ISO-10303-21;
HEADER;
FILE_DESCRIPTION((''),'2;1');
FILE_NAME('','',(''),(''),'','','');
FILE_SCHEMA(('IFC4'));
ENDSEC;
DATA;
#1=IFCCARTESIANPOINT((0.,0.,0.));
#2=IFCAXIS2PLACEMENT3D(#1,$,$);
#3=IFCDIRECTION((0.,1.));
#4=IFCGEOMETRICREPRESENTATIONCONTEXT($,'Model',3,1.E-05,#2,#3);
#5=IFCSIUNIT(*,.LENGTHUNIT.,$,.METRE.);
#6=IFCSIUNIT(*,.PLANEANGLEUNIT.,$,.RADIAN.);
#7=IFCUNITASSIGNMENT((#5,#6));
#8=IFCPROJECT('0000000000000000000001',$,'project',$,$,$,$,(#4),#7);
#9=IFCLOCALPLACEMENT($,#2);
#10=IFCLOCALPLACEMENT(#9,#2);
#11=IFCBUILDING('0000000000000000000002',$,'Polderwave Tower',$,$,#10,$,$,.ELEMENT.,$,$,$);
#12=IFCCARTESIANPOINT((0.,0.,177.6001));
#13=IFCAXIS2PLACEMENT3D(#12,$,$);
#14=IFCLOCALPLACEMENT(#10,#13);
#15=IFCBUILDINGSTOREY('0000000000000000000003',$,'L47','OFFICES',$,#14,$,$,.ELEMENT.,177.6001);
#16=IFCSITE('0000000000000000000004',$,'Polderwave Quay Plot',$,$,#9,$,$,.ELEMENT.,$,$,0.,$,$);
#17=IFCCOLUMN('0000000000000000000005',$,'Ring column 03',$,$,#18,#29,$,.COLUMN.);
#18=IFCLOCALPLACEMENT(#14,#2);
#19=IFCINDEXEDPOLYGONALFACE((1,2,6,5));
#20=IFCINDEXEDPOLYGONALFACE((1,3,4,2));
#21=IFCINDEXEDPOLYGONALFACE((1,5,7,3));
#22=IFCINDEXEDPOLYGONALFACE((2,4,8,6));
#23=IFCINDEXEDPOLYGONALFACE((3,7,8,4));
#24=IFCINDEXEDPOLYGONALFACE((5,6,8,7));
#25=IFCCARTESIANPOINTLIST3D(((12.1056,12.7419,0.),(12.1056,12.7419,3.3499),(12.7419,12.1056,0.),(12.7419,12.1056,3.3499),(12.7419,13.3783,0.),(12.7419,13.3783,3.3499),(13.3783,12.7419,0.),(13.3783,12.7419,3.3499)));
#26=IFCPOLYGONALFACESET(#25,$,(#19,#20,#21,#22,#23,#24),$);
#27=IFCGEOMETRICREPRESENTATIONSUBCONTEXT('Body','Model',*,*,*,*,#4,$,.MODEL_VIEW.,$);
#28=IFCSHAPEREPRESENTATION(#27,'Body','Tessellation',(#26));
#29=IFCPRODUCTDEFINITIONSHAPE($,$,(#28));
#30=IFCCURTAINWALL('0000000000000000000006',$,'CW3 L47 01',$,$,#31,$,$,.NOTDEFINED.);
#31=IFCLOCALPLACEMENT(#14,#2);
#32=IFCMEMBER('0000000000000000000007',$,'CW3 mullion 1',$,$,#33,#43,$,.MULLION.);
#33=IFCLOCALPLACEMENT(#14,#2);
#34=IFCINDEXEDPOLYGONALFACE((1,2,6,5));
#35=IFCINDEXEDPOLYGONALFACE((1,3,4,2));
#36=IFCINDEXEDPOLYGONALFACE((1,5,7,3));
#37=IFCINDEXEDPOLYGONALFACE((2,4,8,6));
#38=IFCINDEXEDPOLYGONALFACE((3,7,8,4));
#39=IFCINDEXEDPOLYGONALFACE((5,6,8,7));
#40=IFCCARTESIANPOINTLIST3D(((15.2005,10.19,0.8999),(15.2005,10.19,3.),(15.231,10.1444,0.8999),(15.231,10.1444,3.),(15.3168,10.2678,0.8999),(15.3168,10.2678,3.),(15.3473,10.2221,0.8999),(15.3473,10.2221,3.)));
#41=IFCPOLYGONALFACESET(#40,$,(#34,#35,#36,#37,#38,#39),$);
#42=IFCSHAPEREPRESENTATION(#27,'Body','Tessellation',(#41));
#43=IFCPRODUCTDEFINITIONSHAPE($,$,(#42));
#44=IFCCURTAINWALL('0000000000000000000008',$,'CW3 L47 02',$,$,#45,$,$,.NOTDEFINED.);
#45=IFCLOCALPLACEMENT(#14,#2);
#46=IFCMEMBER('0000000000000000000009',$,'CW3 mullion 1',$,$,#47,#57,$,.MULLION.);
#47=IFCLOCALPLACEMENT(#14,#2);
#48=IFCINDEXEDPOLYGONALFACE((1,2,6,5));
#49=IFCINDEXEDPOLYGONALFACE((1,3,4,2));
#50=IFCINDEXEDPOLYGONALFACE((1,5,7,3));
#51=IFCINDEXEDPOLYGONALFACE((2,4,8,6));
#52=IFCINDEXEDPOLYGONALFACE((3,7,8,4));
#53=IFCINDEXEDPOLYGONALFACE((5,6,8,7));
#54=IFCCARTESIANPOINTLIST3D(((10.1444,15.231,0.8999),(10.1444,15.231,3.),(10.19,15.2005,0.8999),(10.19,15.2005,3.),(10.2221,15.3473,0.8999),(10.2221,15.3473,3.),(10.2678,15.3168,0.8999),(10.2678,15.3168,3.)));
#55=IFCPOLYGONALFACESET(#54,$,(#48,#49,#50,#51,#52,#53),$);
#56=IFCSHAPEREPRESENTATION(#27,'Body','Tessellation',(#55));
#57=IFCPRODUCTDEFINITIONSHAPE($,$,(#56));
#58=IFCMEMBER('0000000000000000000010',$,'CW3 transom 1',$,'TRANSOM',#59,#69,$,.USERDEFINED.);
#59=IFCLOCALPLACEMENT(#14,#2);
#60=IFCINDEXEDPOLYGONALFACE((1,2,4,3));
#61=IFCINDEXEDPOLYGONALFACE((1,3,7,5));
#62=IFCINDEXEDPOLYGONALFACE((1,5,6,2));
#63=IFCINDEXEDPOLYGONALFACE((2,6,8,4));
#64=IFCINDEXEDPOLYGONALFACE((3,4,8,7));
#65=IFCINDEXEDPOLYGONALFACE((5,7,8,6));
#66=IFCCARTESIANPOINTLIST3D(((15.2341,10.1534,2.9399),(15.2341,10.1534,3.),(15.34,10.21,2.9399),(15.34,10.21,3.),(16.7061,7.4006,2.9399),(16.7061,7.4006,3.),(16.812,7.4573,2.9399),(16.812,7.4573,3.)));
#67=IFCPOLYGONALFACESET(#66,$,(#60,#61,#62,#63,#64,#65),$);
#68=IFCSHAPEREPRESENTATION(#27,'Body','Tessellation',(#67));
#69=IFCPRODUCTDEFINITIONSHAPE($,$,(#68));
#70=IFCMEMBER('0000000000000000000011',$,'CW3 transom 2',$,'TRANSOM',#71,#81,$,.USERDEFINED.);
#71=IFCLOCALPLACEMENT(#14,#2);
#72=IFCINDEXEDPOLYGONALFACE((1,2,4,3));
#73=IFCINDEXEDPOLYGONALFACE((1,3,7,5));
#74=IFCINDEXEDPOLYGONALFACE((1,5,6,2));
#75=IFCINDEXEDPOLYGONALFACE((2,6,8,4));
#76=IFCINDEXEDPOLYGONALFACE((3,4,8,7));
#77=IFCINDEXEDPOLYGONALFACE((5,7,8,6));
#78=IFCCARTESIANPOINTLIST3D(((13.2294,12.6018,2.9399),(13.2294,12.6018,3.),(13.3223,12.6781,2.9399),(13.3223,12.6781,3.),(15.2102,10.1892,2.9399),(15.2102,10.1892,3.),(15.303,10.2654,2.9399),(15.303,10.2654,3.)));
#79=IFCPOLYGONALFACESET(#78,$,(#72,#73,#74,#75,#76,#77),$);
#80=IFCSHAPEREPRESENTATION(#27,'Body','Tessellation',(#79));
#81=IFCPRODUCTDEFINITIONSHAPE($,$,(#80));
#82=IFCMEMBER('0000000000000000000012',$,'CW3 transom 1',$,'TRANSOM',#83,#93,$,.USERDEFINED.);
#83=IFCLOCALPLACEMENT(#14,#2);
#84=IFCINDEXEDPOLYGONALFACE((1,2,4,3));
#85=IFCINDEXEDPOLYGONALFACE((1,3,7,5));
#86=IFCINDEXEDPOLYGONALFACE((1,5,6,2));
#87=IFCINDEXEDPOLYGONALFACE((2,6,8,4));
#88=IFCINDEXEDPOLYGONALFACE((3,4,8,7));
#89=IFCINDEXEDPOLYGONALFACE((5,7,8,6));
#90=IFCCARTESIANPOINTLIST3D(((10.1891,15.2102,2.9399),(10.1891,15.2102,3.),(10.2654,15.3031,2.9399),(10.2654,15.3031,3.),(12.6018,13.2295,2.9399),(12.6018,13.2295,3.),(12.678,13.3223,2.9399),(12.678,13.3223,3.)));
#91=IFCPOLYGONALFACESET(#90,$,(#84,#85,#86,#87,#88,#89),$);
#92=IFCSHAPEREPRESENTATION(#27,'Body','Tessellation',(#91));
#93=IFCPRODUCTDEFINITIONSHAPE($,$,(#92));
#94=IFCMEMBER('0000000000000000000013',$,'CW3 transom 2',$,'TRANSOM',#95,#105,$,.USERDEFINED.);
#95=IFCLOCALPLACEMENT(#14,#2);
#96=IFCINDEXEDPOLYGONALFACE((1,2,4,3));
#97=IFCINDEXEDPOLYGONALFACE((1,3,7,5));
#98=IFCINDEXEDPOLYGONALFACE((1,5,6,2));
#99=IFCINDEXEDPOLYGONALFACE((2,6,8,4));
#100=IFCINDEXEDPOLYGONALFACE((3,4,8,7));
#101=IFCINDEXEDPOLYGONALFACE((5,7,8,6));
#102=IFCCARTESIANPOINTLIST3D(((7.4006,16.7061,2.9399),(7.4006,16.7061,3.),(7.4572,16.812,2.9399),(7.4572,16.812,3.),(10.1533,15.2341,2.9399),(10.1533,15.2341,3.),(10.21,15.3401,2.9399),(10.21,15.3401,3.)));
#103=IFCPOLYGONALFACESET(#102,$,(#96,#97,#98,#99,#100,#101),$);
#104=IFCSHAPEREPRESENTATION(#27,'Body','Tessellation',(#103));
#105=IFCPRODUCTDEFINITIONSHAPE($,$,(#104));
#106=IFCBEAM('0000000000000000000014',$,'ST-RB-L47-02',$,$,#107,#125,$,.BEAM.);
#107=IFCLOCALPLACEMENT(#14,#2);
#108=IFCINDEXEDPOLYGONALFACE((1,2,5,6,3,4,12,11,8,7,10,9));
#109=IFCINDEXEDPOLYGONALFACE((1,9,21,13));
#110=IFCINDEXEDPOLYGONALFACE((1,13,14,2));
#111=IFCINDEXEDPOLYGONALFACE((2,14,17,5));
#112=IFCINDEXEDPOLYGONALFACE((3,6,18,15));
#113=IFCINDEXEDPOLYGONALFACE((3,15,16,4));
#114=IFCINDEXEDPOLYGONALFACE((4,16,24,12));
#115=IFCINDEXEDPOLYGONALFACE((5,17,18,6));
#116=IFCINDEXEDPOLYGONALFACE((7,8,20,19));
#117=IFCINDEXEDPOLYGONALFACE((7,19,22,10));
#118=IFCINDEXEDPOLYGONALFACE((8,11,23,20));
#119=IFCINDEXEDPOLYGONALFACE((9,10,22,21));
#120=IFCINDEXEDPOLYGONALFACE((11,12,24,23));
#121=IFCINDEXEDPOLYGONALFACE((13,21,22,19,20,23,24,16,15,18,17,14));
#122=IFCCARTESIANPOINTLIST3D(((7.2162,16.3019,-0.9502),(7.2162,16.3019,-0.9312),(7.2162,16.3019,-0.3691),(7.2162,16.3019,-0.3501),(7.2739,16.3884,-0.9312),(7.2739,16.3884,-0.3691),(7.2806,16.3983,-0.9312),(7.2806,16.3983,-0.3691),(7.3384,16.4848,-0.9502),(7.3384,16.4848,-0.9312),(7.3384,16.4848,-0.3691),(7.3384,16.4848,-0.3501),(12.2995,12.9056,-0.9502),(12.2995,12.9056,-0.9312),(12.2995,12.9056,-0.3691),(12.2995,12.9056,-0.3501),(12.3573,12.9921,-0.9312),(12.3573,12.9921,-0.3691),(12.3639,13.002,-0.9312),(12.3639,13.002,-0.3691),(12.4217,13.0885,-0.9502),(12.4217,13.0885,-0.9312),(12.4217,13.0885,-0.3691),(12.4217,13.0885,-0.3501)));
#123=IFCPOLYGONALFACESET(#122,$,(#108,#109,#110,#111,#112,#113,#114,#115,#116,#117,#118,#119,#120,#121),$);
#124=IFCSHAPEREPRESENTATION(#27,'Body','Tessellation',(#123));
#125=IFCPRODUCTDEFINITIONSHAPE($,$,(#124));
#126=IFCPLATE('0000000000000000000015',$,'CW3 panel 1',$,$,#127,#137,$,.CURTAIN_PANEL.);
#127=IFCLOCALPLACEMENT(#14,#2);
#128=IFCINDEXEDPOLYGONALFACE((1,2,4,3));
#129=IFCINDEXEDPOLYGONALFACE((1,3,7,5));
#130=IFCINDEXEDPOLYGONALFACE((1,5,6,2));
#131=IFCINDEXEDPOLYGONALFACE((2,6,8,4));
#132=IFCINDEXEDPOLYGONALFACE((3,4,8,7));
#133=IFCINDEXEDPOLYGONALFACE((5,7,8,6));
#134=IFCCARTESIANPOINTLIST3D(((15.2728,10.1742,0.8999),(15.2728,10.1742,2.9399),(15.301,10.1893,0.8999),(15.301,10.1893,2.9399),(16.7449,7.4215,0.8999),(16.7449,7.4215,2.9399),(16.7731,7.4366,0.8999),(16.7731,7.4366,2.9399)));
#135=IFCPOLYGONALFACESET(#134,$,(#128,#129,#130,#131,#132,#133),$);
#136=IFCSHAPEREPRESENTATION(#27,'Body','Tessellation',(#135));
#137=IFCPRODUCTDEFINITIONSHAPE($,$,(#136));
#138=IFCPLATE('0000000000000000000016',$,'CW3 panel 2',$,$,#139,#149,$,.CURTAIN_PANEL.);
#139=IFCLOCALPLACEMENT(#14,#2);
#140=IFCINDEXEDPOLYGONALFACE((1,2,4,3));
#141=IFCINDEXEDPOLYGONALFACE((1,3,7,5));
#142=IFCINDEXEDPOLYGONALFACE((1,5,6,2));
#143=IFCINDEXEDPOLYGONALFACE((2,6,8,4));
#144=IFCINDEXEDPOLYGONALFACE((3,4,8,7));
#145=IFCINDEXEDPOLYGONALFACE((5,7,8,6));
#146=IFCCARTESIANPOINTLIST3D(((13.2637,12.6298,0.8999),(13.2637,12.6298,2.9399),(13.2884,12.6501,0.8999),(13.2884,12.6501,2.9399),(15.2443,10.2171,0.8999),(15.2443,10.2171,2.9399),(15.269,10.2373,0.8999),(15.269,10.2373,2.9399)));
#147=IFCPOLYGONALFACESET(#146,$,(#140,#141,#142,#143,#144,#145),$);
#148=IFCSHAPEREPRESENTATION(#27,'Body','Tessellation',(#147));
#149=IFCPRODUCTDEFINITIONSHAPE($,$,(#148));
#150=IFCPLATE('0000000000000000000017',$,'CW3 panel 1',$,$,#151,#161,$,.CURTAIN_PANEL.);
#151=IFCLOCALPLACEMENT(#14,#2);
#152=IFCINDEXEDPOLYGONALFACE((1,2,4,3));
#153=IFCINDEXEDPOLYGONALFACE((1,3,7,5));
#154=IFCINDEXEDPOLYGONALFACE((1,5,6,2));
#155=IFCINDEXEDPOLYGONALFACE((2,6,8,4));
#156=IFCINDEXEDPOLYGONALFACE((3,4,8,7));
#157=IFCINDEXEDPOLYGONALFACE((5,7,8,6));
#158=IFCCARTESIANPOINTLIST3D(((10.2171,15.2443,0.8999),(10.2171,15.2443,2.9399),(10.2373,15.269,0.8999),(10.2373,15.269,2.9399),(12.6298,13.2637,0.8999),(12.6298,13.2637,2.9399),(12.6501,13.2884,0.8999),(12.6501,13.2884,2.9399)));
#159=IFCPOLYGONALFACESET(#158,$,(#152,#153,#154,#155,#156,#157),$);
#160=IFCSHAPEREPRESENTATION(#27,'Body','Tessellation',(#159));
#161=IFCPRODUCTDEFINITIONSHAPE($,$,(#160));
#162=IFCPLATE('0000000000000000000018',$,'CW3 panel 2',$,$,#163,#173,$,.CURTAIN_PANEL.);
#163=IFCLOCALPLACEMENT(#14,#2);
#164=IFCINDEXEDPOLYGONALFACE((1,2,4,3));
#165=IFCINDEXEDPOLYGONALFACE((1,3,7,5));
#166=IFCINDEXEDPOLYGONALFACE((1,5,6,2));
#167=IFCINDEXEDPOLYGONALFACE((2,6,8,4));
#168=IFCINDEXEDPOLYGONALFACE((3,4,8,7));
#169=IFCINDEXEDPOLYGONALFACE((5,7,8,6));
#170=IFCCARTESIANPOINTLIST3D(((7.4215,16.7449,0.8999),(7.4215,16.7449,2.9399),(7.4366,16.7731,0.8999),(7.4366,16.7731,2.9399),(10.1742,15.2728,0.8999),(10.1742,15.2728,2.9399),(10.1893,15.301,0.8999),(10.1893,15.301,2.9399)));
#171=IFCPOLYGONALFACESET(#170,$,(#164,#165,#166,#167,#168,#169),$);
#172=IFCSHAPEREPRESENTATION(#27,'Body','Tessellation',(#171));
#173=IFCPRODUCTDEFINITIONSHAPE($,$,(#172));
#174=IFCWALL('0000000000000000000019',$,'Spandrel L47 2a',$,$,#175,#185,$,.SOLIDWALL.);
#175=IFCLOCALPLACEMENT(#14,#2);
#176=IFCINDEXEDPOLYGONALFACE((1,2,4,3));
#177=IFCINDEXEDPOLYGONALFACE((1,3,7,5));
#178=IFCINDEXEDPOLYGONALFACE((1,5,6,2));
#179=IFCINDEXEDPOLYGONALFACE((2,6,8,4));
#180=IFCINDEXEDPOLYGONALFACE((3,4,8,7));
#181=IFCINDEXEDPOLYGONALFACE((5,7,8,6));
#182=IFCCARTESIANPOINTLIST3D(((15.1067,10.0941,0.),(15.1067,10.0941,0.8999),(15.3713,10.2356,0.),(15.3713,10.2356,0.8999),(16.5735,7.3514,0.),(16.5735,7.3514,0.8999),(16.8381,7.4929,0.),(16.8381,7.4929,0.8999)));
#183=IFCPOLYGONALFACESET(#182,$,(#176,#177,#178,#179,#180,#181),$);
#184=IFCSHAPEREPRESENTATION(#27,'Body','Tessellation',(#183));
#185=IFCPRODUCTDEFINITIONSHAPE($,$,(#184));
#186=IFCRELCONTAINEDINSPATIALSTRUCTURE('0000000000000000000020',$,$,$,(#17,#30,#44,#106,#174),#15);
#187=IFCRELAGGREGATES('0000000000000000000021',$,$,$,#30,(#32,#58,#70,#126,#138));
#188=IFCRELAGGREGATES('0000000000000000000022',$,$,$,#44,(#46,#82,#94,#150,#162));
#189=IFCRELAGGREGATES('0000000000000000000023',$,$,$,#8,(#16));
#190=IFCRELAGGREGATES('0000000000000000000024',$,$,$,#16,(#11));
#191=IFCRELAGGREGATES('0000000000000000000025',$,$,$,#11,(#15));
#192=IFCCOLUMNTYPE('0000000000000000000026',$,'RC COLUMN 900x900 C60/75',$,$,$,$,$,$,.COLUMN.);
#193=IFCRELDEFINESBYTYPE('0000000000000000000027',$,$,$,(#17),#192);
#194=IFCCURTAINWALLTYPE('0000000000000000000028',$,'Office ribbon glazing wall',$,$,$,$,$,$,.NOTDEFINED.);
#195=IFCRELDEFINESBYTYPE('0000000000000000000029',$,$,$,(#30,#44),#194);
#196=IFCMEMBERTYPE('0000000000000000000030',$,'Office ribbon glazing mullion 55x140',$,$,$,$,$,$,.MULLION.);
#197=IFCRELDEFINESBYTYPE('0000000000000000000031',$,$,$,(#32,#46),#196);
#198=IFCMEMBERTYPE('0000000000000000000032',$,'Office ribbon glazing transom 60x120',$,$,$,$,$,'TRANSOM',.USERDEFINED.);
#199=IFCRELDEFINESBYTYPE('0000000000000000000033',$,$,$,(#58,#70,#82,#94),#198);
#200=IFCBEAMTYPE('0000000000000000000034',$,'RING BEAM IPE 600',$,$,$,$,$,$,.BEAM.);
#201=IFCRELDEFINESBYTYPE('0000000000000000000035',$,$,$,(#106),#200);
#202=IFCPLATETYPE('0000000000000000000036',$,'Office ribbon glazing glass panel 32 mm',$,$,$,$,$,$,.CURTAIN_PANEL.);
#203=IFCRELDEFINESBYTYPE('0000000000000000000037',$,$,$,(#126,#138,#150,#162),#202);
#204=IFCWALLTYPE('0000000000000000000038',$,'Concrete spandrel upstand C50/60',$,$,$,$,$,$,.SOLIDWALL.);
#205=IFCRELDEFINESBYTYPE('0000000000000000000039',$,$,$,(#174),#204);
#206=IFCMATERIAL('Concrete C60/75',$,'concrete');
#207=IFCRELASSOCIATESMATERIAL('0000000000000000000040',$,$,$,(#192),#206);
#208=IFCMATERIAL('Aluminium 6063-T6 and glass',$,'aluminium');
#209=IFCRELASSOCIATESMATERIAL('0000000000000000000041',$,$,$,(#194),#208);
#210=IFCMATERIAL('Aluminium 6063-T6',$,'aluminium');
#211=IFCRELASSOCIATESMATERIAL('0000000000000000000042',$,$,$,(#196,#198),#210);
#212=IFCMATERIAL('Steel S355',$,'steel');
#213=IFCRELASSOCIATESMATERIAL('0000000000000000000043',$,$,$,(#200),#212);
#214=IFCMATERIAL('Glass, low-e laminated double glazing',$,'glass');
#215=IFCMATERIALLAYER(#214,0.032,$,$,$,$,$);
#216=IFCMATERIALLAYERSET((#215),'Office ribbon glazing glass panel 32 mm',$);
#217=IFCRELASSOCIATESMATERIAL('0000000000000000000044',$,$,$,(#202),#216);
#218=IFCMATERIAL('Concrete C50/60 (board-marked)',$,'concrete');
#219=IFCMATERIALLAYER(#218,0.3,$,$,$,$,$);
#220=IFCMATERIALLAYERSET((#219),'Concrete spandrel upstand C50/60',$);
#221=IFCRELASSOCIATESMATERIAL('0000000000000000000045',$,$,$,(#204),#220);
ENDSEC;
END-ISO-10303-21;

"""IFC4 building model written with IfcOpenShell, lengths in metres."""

from ifc_helpers import new_model, si_unit, direction, frame, frame_2d, origin, origin_2d, place, context, subcontext, project, spatial, rectangle, i_section, extrude, material, layer, layer_set, material_profile, profile_set, type_object, element, aggregate, save


model = new_model("IFC4")

# Units and contexts
model_context = context("Model", 3, precision=1e-05, world=origin(), true_north=direction((0.0, 1.0)))
body_context = subcontext(model_context, "Body", "Model", "MODEL_VIEW")
ifc_project = project(units=[si_unit("LENGTHUNIT", "METRE"), si_unit("PLANEANGLEUNIT", "RADIAN")], contexts=[model_context])

# Site, building, storey
site_placement = place(None, origin())
site = spatial("IfcSite", under=ifc_project, at=site_placement, Name="Polderwave Quay Plot", CompositionType="ELEMENT", RefElevation=0.0)
building_placement = place(site_placement, origin())
building = spatial("IfcBuilding", under=site, at=building_placement, Name="Polderwave Tower", CompositionType="ELEMENT")
storey_placement = place(building_placement, frame((0.0, 0.0, 177.6001)))
storey = spatial("IfcBuildingStorey", under=building, at=storey_placement, Name="L47", Description="OFFICES", CompositionType="ELEMENT", Elevation=177.6001)

# Column
ifc_material_1 = material(Name="Concrete C60/75", Category="concrete")
ifc_material_profile_1 = material_profile(ifc_material_1, rectangle(XDim=0.8999, YDim=0.8999, at=origin_2d()), Name="RC 900x900")
ifc_profile_set_1 = profile_set([ifc_material_profile_1], Name="Concrete C60/75")
column_type = type_object("IfcColumnType", Name="RC COLUMN 900x900 C60/75", PredefinedType="COLUMN", material=ifc_profile_set_1)
column_placement = place(storey_placement, frame((12.7419, 12.7419, 0.0), z_axis=(0.0, 0.0, 1.0), x_axis=(0.707107, 0.707107, 0.0)))
element("IfcColumn", 1, at=column_placement, inside=storey, type_object=column_type, Name="Ring column 03", PredefinedType="COLUMN", context=body_context, shape_type="SweptSolid", body=[
    extrude(rectangle(XDim=0.8999, YDim=0.8999, at=origin_2d()), origin(), (0.0, 0.0, 1.0), 3.3499),
])

# Curtain walls, members
ifc_material_2 = material(Name="Aluminium 6063-T6 and glass", Category="aluminium")
curtain_wall_type = type_object("IfcCurtainWallType", Name="Office ribbon glazing wall", PredefinedType="NOTDEFINED", material=ifc_material_2)
curtain_wall_1_placement = place(storey_placement, origin())
curtain_wall_1 = element("IfcCurtainWall", 2, at=curtain_wall_1_placement, inside=storey, type_object=curtain_wall_type, Name="CW3 L47 01", PredefinedType="NOTDEFINED")
ifc_material_3 = material(Name="Aluminium 6063-T6", Category="aluminium")
ifc_material_profile_2 = material_profile(ifc_material_3, rectangle(XDim=0.1399, YDim=0.0549, at=origin_2d()), Name="AL 55x140")
ifc_profile_set_2 = profile_set([ifc_material_profile_2], Name="Aluminium 6063-T6")
member_type_1 = type_object("IfcMemberType", Name="Office ribbon glazing mullion 55x140", PredefinedType="MULLION", material=ifc_profile_set_2)
member_1_placement = place(storey_placement, frame((15.2739, 10.2061, 0.8999), z_axis=(0.0, 0.0, 1.0), x_axis=(-0.831386, -0.555695, 0.0)))
member_1 = element("IfcMember", 3, at=member_1_placement, type_object=member_type_1, Name="CW3 mullion 1", PredefinedType="MULLION", context=body_context, shape_type="SweptSolid", body=[
    extrude(rectangle(XDim=0.1399, YDim=0.0549, at=origin_2d()), origin(), (0.0, 0.0, 1.0), 2.1001),
])
curtain_wall_2_placement = place(storey_placement, origin())
curtain_wall_2 = element("IfcCurtainWall", 4, at=curtain_wall_2_placement, inside=storey, type_object=curtain_wall_type, Name="CW3 L47 02", PredefinedType="NOTDEFINED")
member_2_placement = place(storey_placement, frame((10.2061, 15.2739, 0.8999), z_axis=(0.0, 0.0, 1.0), x_axis=(-0.555695, -0.831386, 0.0)))
member_2 = element("IfcMember", 5, at=member_2_placement, type_object=member_type_1, Name="CW3 mullion 1", PredefinedType="MULLION", context=body_context, shape_type="SweptSolid", body=[
    extrude(rectangle(XDim=0.1399, YDim=0.0549, at=origin_2d()), origin(), (0.0, 0.0, 1.0), 2.1001),
])

# Members
ifc_material_profile_3 = material_profile(ifc_material_3, rectangle(XDim=0.1201, YDim=0.0601, at=origin_2d()), Name="AL 60x120")
ifc_profile_set_3 = profile_set([ifc_material_profile_3], Name="Aluminium 6063-T6")
member_type_2 = type_object("IfcMemberType", Name="Office ribbon glazing transom 60x120", ElementType="TRANSOM", PredefinedType="USERDEFINED", material=ifc_profile_set_3)
member_3_placement = place(storey_placement, frame((16.759, 7.429, 2.97), z_axis=(-0.471542, 0.881844, 0.0), x_axis=(-0.881844, -0.471542, 0.0)))
member_3 = element("IfcMember", 6, at=member_3_placement, type_object=member_type_2, Name="CW3 transom 1", ObjectType="TRANSOM", PredefinedType="USERDEFINED", context=body_context, shape_type="SweptSolid", body=[
    extrude(rectangle(XDim=0.1201, YDim=0.0601, at=origin_2d()), origin(), (0.0, 0.0, 1.0), 3.1216),
])
member_4_placement = place(storey_placement, frame((15.2566, 10.2273, 2.97), z_axis=(-0.634536, 0.772893, 0.0), x_axis=(-0.772893, -0.634536, 0.0)))
member_4 = element("IfcMember", 7, at=member_4_placement, type_object=member_type_2, Name="CW3 transom 2", ObjectType="TRANSOM", PredefinedType="USERDEFINED", context=body_context, shape_type="SweptSolid", body=[
    extrude(rectangle(XDim=0.1201, YDim=0.0601, at=origin_2d()), origin(), (0.0, 0.0, 1.0), 3.1216),
])
member_5_placement = place(storey_placement, frame((12.6399, 13.2759, 2.97), z_axis=(-0.772893, 0.634536, 0.0), x_axis=(-0.634536, -0.772893, 0.0)))
member_5 = element("IfcMember", 8, at=member_5_placement, type_object=member_type_2, Name="CW3 transom 1", ObjectType="TRANSOM", PredefinedType="USERDEFINED", context=body_context, shape_type="SweptSolid", body=[
    extrude(rectangle(XDim=0.1201, YDim=0.0601, at=origin_2d()), origin(), (0.0, 0.0, 1.0), 3.1216),
])
member_6_placement = place(storey_placement, frame((10.1816, 15.2871, 2.97), z_axis=(-0.881844, 0.471542, 0.0), x_axis=(-0.471542, -0.881844, 0.0)))
member_6 = element("IfcMember", 9, at=member_6_placement, type_object=member_type_2, Name="CW3 transom 2", ObjectType="TRANSOM", PredefinedType="USERDEFINED", context=body_context, shape_type="SweptSolid", body=[
    extrude(rectangle(XDim=0.1201, YDim=0.0601, at=origin_2d()), origin(), (0.0, 0.0, 1.0), 3.1216),
])

# Beam
ifc_material_4 = material(Name="Steel S355", Category="steel")
ifc_material_profile_4 = material_profile(ifc_material_4, i_section(OverallWidth=0.22, OverallDepth=0.6001, WebThickness=0.012, FlangeThickness=0.019, at=origin_2d()), Name="IPE 600")
ifc_profile_set_4 = profile_set([ifc_material_profile_4], Name="Steel S355")
beam_type = type_object("IfcBeamType", Name="RING BEAM IPE 600", PredefinedType="BEAM", material=ifc_profile_set_4)
beam_placement = place(storey_placement, frame((12.3606, 12.9971, -0.6501), z_axis=(-0.831491, 0.555539, 0.0), x_axis=(-0.555539, -0.831491, 0.0)))
element("IfcBeam", 10, at=beam_placement, inside=storey, type_object=beam_type, Name="ST-RB-L47-02", PredefinedType="BEAM", context=body_context, shape_type="SweptSolid", body=[
    extrude(i_section(OverallWidth=0.22, OverallDepth=0.6001, WebThickness=0.012, FlangeThickness=0.019, at=origin_2d()), origin(), (0.0, 0.0, 1.0), 6.1135),
])

# Plates
ifc_material_5 = material(Name="Glass, low-e laminated double glazing", Category="glass")
ifc_layer_1 = layer(ifc_material_5, 0.032)
ifc_layer_set_1 = layer_set([ifc_layer_1], Name="Office ribbon glazing glass panel 32 mm")
plate_type = type_object("IfcPlateType", Name="Office ribbon glazing glass panel 32 mm", PredefinedType="CURTAIN_PANEL", material=ifc_layer_set_1)
plate_1_placement = place(storey_placement, frame((16.0229, 8.8054, 0.8999), z_axis=(0.0, 0.0, 1.0), x_axis=(-0.47156, 0.881834, 0.0)))
plate_1 = element("IfcPlate", 11, at=plate_1_placement, type_object=plate_type, Name="CW3 panel 1", PredefinedType="CURTAIN_PANEL", context=body_context, shape_type="SweptSolid", body=[
    extrude(rectangle(XDim=3.1216, YDim=0.032, at=origin_2d()), origin(), (0.0, 0.0, 1.0), 2.04),
])
plate_2_placement = place(storey_placement, frame((14.2664, 11.4336, 0.8999), z_axis=(0.0, 0.0, 1.0), x_axis=(-0.634482, 0.772937, 0.0)))
plate_2 = element("IfcPlate", 12, at=plate_2_placement, type_object=plate_type, Name="CW3 panel 2", PredefinedType="CURTAIN_PANEL", context=body_context, shape_type="SweptSolid", body=[
    extrude(rectangle(XDim=3.1216, YDim=0.032, at=origin_2d()), origin(), (0.0, 0.0, 1.0), 2.04),
])
aggregate(curtain_wall_1, [member_1, member_3, member_4, plate_1, plate_2])
plate_3_placement = place(storey_placement, frame((11.4336, 14.2664, 0.8999), z_axis=(0.0, 0.0, 1.0), x_axis=(-0.772937, 0.634482, 0.0)))
plate_3 = element("IfcPlate", 13, at=plate_3_placement, type_object=plate_type, Name="CW3 panel 1", PredefinedType="CURTAIN_PANEL", context=body_context, shape_type="SweptSolid", body=[
    extrude(rectangle(XDim=3.1216, YDim=0.032, at=origin_2d()), origin(), (0.0, 0.0, 1.0), 2.04),
])
plate_4_placement = place(storey_placement, frame((8.8054, 16.0229, 0.8999), z_axis=(0.0, 0.0, 1.0), x_axis=(-0.881834, 0.47156, 0.0)))
plate_4 = element("IfcPlate", 14, at=plate_4_placement, type_object=plate_type, Name="CW3 panel 2", PredefinedType="CURTAIN_PANEL", context=body_context, shape_type="SweptSolid", body=[
    extrude(rectangle(XDim=3.1216, YDim=0.032, at=origin_2d()), origin(), (0.0, 0.0, 1.0), 2.04),
])
aggregate(curtain_wall_2, [member_2, member_5, member_6, plate_3, plate_4])

# Wall
ifc_material_6 = material(Name="Concrete C50/60 (board-marked)", Category="concrete")
ifc_layer_2 = layer(ifc_material_6, 0.3)
ifc_layer_set_2 = layer_set([ifc_layer_2], Name="Concrete spandrel upstand C50/60")
wall_type_1 = type_object("IfcWallType", Name="Concrete spandrel upstand C50/60", PredefinedType="SOLIDWALL", material=ifc_layer_set_2)
wall_1_placement = place(storey_placement, frame((16.7058, 7.4221, 0.0), z_axis=(0.0, 0.0, 1.0), x_axis=(-0.471598, 0.881813, 0.0)))
element("IfcWall", 15, at=wall_1_placement, inside=storey, type_object=wall_type_1, Name="Spandrel L47 2a", PredefinedType="SOLIDWALL", context=body_context, shape_type="SweptSolid", body=[
    extrude(rectangle(XDim=3.1104, YDim=0.3, at=frame_2d((1.5552, 0.0))), origin(), (0.0, 0.0, 1.0), 0.8999),
])

save(model, "model.ifc")
